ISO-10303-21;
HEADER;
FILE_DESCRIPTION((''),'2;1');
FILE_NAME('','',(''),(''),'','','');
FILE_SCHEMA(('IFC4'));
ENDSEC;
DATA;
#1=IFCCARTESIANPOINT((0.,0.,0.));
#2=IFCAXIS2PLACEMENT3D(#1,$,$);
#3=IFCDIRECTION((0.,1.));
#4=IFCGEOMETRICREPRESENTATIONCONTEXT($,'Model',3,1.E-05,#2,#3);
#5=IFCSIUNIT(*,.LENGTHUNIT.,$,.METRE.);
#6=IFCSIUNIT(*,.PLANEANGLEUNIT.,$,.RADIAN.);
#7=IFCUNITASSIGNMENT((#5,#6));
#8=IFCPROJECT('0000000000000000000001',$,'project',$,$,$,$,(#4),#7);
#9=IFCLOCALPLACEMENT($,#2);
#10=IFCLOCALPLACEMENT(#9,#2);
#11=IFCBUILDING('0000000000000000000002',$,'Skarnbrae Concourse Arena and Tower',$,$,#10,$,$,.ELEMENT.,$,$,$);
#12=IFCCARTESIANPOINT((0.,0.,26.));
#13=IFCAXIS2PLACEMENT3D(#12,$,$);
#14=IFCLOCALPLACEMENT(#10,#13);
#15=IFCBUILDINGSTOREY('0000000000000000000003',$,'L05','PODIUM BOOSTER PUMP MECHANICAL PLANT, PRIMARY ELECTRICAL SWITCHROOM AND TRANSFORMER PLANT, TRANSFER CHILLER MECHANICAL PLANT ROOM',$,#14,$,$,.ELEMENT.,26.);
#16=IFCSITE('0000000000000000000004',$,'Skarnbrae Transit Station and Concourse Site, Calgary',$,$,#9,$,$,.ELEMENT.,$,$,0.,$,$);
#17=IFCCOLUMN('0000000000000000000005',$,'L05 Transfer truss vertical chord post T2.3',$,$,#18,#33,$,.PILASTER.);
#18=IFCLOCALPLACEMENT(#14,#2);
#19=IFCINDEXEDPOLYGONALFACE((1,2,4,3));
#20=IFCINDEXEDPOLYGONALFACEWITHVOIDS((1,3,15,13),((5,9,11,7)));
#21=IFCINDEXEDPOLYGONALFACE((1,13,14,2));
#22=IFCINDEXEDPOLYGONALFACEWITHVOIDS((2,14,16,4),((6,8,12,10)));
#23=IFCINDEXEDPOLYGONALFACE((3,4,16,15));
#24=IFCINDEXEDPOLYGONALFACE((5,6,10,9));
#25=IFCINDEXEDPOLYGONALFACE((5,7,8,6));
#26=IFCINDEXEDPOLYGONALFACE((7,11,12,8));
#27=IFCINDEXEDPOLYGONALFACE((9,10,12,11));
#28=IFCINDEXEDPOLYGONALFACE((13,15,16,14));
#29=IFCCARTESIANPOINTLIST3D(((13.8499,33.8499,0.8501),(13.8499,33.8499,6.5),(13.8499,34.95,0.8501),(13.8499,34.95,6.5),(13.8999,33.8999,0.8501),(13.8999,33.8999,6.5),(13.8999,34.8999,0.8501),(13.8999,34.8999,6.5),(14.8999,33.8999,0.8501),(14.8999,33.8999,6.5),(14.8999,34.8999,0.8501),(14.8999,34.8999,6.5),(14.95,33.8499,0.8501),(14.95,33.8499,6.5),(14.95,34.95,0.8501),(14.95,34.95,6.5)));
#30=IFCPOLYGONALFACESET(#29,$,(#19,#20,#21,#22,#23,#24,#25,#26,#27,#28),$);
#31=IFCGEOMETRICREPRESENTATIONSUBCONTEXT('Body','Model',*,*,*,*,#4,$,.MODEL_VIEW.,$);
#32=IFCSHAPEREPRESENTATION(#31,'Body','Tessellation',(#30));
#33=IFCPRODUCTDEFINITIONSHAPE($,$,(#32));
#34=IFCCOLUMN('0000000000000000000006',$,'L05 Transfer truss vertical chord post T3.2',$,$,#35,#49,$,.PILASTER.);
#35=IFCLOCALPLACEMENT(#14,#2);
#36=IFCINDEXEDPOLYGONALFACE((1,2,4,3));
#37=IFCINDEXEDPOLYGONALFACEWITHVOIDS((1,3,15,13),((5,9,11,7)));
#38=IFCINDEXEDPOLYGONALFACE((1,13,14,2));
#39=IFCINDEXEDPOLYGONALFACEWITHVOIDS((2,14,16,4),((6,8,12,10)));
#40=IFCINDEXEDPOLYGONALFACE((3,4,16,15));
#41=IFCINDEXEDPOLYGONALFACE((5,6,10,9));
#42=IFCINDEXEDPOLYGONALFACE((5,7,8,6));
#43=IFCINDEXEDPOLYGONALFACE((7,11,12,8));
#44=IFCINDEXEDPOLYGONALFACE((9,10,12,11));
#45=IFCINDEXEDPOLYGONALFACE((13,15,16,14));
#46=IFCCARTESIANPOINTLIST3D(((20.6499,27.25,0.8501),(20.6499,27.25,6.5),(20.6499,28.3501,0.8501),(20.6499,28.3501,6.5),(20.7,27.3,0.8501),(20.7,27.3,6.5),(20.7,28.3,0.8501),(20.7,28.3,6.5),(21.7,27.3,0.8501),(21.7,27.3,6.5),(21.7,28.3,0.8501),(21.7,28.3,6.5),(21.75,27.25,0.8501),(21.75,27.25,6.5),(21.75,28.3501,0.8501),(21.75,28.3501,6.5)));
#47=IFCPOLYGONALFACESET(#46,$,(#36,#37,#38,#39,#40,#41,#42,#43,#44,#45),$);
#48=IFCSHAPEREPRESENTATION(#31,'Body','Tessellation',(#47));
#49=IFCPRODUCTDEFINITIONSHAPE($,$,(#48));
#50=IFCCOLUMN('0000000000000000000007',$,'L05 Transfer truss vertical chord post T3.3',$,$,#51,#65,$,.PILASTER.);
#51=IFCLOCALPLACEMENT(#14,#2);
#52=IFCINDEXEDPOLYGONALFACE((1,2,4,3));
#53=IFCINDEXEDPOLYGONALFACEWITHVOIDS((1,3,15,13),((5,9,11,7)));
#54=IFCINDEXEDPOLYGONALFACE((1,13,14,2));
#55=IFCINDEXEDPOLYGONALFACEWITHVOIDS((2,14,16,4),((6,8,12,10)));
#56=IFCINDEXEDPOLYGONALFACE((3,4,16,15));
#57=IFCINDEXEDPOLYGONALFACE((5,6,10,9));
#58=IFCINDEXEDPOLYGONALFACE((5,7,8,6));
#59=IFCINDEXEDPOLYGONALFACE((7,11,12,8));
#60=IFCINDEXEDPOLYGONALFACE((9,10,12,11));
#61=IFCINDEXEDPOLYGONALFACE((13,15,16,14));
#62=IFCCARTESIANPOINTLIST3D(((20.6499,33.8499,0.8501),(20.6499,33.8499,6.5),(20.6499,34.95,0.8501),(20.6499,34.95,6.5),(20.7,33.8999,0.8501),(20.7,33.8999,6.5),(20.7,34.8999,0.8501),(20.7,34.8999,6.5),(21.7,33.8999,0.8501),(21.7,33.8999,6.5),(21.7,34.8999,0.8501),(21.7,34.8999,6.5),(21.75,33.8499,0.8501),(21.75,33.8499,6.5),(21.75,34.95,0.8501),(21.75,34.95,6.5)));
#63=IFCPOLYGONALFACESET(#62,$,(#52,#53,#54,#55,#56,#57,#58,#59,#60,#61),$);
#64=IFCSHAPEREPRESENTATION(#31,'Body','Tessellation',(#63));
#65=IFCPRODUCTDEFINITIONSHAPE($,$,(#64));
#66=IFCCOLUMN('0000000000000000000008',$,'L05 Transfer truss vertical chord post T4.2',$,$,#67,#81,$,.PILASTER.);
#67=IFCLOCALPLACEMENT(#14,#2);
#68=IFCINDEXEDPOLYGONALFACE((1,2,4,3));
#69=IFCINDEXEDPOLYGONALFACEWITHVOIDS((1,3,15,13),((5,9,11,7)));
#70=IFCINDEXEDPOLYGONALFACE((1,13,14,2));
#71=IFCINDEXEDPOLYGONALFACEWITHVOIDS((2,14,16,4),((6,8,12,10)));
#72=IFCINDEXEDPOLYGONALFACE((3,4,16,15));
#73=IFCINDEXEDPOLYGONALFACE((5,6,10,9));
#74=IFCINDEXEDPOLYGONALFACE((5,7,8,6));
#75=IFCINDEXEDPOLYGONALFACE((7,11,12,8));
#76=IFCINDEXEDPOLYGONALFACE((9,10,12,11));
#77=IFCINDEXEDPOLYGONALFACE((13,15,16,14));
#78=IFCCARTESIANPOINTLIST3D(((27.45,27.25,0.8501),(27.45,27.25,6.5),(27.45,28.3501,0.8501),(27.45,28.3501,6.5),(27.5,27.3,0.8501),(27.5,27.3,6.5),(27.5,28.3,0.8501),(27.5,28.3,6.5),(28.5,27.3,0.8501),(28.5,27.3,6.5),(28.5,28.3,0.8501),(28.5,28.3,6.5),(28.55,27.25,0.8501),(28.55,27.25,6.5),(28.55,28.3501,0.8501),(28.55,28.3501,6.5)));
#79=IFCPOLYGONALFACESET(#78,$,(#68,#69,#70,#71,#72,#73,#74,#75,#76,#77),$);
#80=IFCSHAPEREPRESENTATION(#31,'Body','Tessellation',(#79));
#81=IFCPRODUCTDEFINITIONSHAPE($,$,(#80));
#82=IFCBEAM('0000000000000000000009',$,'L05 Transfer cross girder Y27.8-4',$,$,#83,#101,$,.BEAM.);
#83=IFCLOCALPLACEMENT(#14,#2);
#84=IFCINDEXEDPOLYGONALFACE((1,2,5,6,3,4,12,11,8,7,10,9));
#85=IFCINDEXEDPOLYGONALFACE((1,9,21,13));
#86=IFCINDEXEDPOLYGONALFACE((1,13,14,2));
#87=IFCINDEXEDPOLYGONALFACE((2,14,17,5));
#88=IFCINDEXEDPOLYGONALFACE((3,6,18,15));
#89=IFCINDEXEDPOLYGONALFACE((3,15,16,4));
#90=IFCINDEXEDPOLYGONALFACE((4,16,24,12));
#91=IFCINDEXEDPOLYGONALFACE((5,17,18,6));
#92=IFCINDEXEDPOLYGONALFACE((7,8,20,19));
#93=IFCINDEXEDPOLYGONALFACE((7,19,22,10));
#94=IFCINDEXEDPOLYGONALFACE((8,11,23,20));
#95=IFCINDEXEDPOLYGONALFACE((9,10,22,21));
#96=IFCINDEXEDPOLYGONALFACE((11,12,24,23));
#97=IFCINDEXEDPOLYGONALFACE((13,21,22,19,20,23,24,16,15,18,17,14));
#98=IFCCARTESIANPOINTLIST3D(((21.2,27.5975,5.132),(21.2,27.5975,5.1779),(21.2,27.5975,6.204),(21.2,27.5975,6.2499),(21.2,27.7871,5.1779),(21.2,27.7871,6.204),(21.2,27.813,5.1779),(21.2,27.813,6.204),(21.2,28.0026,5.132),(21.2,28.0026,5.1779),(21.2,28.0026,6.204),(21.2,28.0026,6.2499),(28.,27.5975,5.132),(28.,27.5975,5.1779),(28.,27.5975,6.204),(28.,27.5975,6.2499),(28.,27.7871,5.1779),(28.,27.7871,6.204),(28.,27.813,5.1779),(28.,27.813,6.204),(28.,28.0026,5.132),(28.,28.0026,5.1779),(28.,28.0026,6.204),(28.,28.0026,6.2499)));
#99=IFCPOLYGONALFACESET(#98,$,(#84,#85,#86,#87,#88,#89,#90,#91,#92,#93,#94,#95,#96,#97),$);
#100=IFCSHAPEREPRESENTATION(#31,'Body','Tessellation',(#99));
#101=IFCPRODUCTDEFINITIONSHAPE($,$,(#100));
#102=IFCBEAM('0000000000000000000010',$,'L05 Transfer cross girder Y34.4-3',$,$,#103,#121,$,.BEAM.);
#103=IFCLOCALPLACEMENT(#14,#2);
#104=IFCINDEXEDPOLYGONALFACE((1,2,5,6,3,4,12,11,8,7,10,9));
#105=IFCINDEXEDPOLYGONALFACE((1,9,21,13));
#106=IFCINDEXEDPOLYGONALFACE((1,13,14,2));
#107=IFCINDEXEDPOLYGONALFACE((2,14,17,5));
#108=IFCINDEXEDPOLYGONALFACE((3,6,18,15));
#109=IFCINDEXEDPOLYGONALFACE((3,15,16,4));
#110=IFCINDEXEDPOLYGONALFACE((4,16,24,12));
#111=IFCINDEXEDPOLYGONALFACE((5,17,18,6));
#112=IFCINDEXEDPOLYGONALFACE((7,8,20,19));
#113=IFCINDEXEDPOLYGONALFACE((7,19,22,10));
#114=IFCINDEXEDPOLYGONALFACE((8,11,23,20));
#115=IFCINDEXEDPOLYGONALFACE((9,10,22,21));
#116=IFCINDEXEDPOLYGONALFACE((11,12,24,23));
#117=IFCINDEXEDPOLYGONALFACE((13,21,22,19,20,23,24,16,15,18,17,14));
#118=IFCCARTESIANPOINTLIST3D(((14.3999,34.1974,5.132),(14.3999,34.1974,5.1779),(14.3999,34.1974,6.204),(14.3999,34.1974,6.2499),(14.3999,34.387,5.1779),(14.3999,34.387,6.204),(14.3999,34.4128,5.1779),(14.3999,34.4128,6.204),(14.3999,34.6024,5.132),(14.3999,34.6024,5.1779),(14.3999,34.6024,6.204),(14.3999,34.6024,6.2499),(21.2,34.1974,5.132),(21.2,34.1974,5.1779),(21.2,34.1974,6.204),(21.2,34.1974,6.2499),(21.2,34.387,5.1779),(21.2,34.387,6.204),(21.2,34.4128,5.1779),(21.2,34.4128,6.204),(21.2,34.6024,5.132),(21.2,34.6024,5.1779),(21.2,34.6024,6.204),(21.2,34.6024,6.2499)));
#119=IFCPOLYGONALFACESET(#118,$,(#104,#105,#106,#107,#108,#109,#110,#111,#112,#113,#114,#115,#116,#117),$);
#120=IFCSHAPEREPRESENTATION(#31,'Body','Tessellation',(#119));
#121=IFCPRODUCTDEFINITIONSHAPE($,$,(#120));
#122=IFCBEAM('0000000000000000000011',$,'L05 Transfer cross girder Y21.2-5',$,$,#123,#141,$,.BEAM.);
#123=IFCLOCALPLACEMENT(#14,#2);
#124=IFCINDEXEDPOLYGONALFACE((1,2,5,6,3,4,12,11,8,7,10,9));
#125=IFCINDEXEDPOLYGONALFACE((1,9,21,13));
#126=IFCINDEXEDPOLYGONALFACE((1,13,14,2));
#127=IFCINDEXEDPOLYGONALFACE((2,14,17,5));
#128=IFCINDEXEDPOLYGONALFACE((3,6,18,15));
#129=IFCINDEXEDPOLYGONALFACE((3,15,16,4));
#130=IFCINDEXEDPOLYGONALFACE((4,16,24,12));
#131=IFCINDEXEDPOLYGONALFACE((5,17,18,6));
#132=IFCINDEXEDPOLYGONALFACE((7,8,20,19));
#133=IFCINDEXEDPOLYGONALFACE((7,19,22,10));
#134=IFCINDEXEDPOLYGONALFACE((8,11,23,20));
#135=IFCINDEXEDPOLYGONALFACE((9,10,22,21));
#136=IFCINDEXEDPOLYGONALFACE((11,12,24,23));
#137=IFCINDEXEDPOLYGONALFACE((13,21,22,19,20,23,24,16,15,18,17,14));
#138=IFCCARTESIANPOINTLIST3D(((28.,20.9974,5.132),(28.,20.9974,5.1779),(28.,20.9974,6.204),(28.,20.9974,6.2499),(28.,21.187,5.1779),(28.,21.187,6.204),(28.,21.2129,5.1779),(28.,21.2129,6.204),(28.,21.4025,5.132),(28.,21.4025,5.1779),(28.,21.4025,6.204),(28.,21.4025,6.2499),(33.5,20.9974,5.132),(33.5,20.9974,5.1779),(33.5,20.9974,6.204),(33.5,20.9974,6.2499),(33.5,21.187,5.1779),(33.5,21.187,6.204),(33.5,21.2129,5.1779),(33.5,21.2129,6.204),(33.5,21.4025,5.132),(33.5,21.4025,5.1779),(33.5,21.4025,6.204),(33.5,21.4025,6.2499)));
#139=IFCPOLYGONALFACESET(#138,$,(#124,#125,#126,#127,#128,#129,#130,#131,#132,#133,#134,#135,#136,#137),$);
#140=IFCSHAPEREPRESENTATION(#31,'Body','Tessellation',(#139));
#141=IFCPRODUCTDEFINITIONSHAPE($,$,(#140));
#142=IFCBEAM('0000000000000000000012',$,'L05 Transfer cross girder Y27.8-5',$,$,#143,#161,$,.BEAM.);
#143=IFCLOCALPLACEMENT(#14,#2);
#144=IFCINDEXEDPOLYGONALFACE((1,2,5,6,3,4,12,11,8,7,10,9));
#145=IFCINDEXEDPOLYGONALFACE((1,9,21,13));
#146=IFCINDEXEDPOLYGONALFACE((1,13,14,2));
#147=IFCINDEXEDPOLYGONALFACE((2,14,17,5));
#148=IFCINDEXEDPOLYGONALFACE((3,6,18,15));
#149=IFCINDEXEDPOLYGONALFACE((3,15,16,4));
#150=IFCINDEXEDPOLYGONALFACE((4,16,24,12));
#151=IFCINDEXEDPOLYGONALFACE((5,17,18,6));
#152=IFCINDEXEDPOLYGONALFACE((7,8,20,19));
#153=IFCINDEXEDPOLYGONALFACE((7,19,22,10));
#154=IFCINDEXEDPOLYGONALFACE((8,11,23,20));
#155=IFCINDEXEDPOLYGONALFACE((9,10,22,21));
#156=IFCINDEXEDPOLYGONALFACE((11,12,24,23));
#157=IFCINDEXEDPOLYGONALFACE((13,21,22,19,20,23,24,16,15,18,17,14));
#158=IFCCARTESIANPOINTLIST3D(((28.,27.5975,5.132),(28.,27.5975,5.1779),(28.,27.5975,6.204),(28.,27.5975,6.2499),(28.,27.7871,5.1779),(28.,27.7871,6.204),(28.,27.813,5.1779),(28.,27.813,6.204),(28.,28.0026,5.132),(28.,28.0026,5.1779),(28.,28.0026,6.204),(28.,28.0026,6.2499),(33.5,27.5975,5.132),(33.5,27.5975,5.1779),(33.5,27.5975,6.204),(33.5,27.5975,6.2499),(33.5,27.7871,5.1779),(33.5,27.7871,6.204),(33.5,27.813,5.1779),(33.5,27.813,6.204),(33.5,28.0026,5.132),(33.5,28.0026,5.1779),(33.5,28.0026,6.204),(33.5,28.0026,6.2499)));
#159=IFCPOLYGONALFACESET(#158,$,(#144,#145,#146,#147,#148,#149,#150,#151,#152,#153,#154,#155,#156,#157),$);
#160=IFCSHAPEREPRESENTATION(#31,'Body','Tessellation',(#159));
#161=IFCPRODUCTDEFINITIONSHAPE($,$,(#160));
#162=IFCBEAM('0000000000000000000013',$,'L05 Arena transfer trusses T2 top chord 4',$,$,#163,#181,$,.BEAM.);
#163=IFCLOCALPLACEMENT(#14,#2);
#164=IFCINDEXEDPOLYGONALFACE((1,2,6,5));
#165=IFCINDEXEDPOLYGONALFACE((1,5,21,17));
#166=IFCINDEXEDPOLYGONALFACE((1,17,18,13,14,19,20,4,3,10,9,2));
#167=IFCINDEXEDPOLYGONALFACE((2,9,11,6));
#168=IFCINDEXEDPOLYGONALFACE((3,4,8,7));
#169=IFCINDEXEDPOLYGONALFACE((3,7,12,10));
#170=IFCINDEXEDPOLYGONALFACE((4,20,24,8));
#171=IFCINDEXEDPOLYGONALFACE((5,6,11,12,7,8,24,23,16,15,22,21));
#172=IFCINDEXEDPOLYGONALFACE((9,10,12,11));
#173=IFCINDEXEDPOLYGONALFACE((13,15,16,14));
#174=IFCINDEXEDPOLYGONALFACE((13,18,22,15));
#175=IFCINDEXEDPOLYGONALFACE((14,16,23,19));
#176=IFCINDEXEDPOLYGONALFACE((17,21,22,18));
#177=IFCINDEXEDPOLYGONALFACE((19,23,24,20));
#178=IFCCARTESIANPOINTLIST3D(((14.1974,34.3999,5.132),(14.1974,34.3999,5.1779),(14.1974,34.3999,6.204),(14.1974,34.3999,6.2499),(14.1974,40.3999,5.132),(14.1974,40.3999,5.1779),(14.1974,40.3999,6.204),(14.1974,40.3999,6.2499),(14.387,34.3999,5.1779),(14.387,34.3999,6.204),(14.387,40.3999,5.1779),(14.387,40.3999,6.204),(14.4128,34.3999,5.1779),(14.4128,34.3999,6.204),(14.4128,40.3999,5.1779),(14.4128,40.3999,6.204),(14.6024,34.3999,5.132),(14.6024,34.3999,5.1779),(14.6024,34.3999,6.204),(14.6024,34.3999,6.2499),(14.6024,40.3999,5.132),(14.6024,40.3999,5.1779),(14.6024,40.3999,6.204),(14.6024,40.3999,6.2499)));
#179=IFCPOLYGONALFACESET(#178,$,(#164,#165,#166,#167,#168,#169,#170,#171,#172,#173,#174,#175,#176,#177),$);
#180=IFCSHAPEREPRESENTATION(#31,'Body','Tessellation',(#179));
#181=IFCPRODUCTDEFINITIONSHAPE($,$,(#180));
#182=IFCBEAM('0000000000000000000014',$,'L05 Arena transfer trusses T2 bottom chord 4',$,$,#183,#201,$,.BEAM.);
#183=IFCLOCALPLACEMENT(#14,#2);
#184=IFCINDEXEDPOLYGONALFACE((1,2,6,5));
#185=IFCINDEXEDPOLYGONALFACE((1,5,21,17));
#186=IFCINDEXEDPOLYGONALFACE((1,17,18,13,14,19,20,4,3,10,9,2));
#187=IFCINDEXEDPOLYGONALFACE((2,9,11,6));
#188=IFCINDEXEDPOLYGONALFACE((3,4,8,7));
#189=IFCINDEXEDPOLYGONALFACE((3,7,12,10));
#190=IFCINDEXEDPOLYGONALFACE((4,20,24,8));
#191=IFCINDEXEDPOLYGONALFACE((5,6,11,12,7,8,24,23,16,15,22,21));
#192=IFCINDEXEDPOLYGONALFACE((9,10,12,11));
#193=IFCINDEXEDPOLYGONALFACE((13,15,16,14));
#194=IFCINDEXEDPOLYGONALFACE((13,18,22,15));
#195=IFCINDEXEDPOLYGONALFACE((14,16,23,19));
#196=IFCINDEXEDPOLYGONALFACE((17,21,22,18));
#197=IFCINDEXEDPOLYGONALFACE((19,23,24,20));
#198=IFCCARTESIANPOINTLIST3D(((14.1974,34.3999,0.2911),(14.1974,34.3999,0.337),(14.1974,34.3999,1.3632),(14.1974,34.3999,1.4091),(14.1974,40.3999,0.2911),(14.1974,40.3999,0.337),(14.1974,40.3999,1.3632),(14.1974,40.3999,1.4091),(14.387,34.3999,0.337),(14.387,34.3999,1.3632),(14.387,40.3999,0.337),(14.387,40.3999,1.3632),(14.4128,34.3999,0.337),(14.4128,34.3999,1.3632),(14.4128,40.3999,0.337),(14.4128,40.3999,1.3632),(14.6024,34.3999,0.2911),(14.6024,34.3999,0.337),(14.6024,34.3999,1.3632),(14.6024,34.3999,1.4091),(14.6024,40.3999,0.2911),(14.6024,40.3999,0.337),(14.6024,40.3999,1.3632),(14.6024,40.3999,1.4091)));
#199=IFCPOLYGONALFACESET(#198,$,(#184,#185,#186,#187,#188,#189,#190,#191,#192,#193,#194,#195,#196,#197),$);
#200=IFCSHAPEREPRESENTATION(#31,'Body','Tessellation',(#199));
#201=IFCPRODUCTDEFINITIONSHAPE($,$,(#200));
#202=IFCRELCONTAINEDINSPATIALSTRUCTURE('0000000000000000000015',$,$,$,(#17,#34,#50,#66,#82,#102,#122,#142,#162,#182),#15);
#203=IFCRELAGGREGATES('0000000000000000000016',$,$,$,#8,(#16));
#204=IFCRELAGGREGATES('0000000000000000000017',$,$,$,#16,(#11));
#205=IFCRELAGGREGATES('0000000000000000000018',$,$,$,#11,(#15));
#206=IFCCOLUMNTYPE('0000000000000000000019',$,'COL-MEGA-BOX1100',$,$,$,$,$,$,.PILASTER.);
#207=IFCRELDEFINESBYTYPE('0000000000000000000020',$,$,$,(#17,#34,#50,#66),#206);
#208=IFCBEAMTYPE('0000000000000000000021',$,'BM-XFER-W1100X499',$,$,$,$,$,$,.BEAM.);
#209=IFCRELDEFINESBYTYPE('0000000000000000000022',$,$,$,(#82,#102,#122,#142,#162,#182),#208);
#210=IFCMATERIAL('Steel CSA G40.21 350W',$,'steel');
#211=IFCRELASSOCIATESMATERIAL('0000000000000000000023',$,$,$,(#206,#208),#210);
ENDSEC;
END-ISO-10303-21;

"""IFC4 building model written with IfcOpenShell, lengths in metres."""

from ifc_helpers import new_model, si_unit, direction, frame, origin, origin_2d, place, context, subcontext, project, spatial, hollow_rectangle, i_section, extrude, source, transform, mapped, material, material_profile, profile_set, type_object, element, save


model = new_model("IFC4")

# Units and contexts
model_context = context("Model", 3, precision=1e-05, world=origin(), true_north=direction((0.0, 1.0)))
body_context = subcontext(model_context, "Body", "Model", "MODEL_VIEW")
ifc_project = project(units=[si_unit("LENGTHUNIT", "METRE"), si_unit("PLANEANGLEUNIT", "RADIAN")], contexts=[model_context])

# Site, building, storey
site_placement = place(None, origin())
site = spatial("IfcSite", under=ifc_project, at=site_placement, Name="Skarnbrae Transit Station and Concourse Site, Calgary", CompositionType="ELEMENT", RefElevation=0.0)
building_placement = place(site_placement, origin())
building = spatial("IfcBuilding", under=site, at=building_placement, Name="Skarnbrae Concourse Arena and Tower", CompositionType="ELEMENT")
storey_placement = place(building_placement, frame((0.0, 0.0, 26.0)))
storey = spatial("IfcBuildingStorey", under=building, at=storey_placement, Name="L05", Description="PODIUM BOOSTER PUMP MECHANICAL PLANT, PRIMARY ELECTRICAL SWITCHROOM AND TRANSFORMER PLANT, TRANSFER CHILLER MECHANICAL PLANT ROOM", CompositionType="ELEMENT", Elevation=26.0)

# Columns
ifc_material = material(Name="Steel CSA G40.21 350W", Category="steel")
ifc_material_profile_1 = material_profile(ifc_material, hollow_rectangle(XDim=1.1001, YDim=1.1001, WallThickness=0.05, at=origin_2d()), Name="BOX1100X1100X50")
ifc_profile_set_1 = profile_set([ifc_material_profile_1], Name="Steel CSA G40.21 350W")
column_type = type_object("IfcColumnType", Name="COL-MEGA-BOX1100", PredefinedType="PILASTER", material=ifc_profile_set_1)
shared_shape_1 = source(origin(), body_context, "Body", "SweptSolid", [
    extrude(hollow_rectangle(XDim=1.1001, YDim=1.1001, WallThickness=0.05, at=origin_2d()), origin(), (0.0, 0.0, 1.0), 5.6499),
])
for number, where, z_axis, x_axis, name in (
    (1, (14.3999, 34.3999, 0.8501), (0.0, 0.0, 1.0), (1.0, 0.0, 0.0), "L05 Transfer truss vertical chord post T2.3"),
    (2, (21.2, 27.8, 0.8501), (0.0, 0.0, 1.0), (1.0, 0.0, 0.0), "L05 Transfer truss vertical chord post T3.2"),
    (3, (21.2, 34.3999, 0.8501), (0.0, 0.0, 1.0), (1.0, 0.0, 0.0), "L05 Transfer truss vertical chord post T3.3"),
    (4, (28.0, 27.8, 0.8501), (0.0, 0.0, 1.0), (1.0, 0.0, 0.0), "L05 Transfer truss vertical chord post T4.2"),
):
    element("IfcColumn", number, at=place(storey_placement, frame(where, z_axis=z_axis, x_axis=x_axis)), inside=storey, type_object=column_type, Name=name, PredefinedType="PILASTER", context=body_context, shape_type="MappedRepresentation", body=[
        mapped(shared_shape_1, transform((0.0, 0.0, 0.0))),
    ])

# Beams
ifc_material_profile_2 = material_profile(ifc_material, i_section(OverallWidth=0.405, OverallDepth=1.1179, WebThickness=0.0259, FlangeThickness=0.0459, at=origin_2d()), Name="W1100X499")
ifc_profile_set_2 = profile_set([ifc_material_profile_2], Name="Steel CSA G40.21 350W")
beam_type = type_object("IfcBeamType", Name="BM-XFER-W1100X499", PredefinedType="BEAM", material=ifc_profile_set_2)
shared_shape_2 = source(origin(), body_context, "Body", "SweptSolid", [
    extrude(i_section(OverallWidth=0.405, OverallDepth=1.1179, WebThickness=0.0259, FlangeThickness=0.0459, at=origin_2d()), origin(), (0.0, 0.0, 1.0), 6.8),
])
for number, where, z_axis, x_axis, name in (
    (5, (21.2, 27.8, 5.6909), (1.0, 0.0, 0.0), (0.0, 1.0, 0.0), "L05 Transfer cross girder Y27.8-4"),
    (6, (14.3999, 34.3999, 5.6909), (1.0, 0.0, 0.0), (0.0, 1.0, 0.0), "L05 Transfer cross girder Y34.4-3"),
):
    element("IfcBeam", number, at=place(storey_placement, frame(where, z_axis=z_axis, x_axis=x_axis)), inside=storey, type_object=beam_type, Name=name, PredefinedType="BEAM", context=body_context, shape_type="MappedRepresentation", body=[
        mapped(shared_shape_2, transform((0.0, 0.0, 0.0))),
    ])
shared_shape_3 = source(origin(), body_context, "Body", "SweptSolid", [
    extrude(i_section(OverallWidth=0.405, OverallDepth=1.1179, WebThickness=0.0259, FlangeThickness=0.0459, at=origin_2d()), origin(), (0.0, 0.0, 1.0), 5.5),
])
for number, where, z_axis, x_axis, name in (
    (7, (28.0, 21.2, 5.6909), (1.0, 0.0, 0.0), (0.0, 1.0, 0.0), "L05 Transfer cross girder Y21.2-5"),
    (8, (28.0, 27.8, 5.6909), (1.0, 0.0, 0.0), (0.0, 1.0, 0.0), "L05 Transfer cross girder Y27.8-5"),
):
    element("IfcBeam", number, at=place(storey_placement, frame(where, z_axis=z_axis, x_axis=x_axis)), inside=storey, type_object=beam_type, Name=name, PredefinedType="BEAM", context=body_context, shape_type="MappedRepresentation", body=[
        mapped(shared_shape_3, transform((0.0, 0.0, 0.0))),
    ])
shared_shape_4 = source(origin(), body_context, "Body", "SweptSolid", [
    extrude(i_section(OverallWidth=0.405, OverallDepth=1.1179, WebThickness=0.0259, FlangeThickness=0.0459, at=origin_2d()), origin(), (0.0, 0.0, 1.0), 6.0),
])
for number, where, z_axis, x_axis, name in (
    (9, (14.3999, 34.3999, 5.6909), (0.0, 1.0, 0.0), (-1.0, 0.0, 0.0), "L05 Arena transfer trusses T2 top chord 4"),
    (10, (14.3999, 34.3999, 0.8501), (0.0, 1.0, 0.0), (-1.0, 0.0, 0.0), "L05 Arena transfer trusses T2 bottom chord 4"),
):
    element("IfcBeam", number, at=place(storey_placement, frame(where, z_axis=z_axis, x_axis=x_axis)), inside=storey, type_object=beam_type, Name=name, PredefinedType="BEAM", context=body_context, shape_type="MappedRepresentation", body=[
        mapped(shared_shape_4, transform((0.0, 0.0, 0.0))),
    ])

save(model, "model.ifc")
